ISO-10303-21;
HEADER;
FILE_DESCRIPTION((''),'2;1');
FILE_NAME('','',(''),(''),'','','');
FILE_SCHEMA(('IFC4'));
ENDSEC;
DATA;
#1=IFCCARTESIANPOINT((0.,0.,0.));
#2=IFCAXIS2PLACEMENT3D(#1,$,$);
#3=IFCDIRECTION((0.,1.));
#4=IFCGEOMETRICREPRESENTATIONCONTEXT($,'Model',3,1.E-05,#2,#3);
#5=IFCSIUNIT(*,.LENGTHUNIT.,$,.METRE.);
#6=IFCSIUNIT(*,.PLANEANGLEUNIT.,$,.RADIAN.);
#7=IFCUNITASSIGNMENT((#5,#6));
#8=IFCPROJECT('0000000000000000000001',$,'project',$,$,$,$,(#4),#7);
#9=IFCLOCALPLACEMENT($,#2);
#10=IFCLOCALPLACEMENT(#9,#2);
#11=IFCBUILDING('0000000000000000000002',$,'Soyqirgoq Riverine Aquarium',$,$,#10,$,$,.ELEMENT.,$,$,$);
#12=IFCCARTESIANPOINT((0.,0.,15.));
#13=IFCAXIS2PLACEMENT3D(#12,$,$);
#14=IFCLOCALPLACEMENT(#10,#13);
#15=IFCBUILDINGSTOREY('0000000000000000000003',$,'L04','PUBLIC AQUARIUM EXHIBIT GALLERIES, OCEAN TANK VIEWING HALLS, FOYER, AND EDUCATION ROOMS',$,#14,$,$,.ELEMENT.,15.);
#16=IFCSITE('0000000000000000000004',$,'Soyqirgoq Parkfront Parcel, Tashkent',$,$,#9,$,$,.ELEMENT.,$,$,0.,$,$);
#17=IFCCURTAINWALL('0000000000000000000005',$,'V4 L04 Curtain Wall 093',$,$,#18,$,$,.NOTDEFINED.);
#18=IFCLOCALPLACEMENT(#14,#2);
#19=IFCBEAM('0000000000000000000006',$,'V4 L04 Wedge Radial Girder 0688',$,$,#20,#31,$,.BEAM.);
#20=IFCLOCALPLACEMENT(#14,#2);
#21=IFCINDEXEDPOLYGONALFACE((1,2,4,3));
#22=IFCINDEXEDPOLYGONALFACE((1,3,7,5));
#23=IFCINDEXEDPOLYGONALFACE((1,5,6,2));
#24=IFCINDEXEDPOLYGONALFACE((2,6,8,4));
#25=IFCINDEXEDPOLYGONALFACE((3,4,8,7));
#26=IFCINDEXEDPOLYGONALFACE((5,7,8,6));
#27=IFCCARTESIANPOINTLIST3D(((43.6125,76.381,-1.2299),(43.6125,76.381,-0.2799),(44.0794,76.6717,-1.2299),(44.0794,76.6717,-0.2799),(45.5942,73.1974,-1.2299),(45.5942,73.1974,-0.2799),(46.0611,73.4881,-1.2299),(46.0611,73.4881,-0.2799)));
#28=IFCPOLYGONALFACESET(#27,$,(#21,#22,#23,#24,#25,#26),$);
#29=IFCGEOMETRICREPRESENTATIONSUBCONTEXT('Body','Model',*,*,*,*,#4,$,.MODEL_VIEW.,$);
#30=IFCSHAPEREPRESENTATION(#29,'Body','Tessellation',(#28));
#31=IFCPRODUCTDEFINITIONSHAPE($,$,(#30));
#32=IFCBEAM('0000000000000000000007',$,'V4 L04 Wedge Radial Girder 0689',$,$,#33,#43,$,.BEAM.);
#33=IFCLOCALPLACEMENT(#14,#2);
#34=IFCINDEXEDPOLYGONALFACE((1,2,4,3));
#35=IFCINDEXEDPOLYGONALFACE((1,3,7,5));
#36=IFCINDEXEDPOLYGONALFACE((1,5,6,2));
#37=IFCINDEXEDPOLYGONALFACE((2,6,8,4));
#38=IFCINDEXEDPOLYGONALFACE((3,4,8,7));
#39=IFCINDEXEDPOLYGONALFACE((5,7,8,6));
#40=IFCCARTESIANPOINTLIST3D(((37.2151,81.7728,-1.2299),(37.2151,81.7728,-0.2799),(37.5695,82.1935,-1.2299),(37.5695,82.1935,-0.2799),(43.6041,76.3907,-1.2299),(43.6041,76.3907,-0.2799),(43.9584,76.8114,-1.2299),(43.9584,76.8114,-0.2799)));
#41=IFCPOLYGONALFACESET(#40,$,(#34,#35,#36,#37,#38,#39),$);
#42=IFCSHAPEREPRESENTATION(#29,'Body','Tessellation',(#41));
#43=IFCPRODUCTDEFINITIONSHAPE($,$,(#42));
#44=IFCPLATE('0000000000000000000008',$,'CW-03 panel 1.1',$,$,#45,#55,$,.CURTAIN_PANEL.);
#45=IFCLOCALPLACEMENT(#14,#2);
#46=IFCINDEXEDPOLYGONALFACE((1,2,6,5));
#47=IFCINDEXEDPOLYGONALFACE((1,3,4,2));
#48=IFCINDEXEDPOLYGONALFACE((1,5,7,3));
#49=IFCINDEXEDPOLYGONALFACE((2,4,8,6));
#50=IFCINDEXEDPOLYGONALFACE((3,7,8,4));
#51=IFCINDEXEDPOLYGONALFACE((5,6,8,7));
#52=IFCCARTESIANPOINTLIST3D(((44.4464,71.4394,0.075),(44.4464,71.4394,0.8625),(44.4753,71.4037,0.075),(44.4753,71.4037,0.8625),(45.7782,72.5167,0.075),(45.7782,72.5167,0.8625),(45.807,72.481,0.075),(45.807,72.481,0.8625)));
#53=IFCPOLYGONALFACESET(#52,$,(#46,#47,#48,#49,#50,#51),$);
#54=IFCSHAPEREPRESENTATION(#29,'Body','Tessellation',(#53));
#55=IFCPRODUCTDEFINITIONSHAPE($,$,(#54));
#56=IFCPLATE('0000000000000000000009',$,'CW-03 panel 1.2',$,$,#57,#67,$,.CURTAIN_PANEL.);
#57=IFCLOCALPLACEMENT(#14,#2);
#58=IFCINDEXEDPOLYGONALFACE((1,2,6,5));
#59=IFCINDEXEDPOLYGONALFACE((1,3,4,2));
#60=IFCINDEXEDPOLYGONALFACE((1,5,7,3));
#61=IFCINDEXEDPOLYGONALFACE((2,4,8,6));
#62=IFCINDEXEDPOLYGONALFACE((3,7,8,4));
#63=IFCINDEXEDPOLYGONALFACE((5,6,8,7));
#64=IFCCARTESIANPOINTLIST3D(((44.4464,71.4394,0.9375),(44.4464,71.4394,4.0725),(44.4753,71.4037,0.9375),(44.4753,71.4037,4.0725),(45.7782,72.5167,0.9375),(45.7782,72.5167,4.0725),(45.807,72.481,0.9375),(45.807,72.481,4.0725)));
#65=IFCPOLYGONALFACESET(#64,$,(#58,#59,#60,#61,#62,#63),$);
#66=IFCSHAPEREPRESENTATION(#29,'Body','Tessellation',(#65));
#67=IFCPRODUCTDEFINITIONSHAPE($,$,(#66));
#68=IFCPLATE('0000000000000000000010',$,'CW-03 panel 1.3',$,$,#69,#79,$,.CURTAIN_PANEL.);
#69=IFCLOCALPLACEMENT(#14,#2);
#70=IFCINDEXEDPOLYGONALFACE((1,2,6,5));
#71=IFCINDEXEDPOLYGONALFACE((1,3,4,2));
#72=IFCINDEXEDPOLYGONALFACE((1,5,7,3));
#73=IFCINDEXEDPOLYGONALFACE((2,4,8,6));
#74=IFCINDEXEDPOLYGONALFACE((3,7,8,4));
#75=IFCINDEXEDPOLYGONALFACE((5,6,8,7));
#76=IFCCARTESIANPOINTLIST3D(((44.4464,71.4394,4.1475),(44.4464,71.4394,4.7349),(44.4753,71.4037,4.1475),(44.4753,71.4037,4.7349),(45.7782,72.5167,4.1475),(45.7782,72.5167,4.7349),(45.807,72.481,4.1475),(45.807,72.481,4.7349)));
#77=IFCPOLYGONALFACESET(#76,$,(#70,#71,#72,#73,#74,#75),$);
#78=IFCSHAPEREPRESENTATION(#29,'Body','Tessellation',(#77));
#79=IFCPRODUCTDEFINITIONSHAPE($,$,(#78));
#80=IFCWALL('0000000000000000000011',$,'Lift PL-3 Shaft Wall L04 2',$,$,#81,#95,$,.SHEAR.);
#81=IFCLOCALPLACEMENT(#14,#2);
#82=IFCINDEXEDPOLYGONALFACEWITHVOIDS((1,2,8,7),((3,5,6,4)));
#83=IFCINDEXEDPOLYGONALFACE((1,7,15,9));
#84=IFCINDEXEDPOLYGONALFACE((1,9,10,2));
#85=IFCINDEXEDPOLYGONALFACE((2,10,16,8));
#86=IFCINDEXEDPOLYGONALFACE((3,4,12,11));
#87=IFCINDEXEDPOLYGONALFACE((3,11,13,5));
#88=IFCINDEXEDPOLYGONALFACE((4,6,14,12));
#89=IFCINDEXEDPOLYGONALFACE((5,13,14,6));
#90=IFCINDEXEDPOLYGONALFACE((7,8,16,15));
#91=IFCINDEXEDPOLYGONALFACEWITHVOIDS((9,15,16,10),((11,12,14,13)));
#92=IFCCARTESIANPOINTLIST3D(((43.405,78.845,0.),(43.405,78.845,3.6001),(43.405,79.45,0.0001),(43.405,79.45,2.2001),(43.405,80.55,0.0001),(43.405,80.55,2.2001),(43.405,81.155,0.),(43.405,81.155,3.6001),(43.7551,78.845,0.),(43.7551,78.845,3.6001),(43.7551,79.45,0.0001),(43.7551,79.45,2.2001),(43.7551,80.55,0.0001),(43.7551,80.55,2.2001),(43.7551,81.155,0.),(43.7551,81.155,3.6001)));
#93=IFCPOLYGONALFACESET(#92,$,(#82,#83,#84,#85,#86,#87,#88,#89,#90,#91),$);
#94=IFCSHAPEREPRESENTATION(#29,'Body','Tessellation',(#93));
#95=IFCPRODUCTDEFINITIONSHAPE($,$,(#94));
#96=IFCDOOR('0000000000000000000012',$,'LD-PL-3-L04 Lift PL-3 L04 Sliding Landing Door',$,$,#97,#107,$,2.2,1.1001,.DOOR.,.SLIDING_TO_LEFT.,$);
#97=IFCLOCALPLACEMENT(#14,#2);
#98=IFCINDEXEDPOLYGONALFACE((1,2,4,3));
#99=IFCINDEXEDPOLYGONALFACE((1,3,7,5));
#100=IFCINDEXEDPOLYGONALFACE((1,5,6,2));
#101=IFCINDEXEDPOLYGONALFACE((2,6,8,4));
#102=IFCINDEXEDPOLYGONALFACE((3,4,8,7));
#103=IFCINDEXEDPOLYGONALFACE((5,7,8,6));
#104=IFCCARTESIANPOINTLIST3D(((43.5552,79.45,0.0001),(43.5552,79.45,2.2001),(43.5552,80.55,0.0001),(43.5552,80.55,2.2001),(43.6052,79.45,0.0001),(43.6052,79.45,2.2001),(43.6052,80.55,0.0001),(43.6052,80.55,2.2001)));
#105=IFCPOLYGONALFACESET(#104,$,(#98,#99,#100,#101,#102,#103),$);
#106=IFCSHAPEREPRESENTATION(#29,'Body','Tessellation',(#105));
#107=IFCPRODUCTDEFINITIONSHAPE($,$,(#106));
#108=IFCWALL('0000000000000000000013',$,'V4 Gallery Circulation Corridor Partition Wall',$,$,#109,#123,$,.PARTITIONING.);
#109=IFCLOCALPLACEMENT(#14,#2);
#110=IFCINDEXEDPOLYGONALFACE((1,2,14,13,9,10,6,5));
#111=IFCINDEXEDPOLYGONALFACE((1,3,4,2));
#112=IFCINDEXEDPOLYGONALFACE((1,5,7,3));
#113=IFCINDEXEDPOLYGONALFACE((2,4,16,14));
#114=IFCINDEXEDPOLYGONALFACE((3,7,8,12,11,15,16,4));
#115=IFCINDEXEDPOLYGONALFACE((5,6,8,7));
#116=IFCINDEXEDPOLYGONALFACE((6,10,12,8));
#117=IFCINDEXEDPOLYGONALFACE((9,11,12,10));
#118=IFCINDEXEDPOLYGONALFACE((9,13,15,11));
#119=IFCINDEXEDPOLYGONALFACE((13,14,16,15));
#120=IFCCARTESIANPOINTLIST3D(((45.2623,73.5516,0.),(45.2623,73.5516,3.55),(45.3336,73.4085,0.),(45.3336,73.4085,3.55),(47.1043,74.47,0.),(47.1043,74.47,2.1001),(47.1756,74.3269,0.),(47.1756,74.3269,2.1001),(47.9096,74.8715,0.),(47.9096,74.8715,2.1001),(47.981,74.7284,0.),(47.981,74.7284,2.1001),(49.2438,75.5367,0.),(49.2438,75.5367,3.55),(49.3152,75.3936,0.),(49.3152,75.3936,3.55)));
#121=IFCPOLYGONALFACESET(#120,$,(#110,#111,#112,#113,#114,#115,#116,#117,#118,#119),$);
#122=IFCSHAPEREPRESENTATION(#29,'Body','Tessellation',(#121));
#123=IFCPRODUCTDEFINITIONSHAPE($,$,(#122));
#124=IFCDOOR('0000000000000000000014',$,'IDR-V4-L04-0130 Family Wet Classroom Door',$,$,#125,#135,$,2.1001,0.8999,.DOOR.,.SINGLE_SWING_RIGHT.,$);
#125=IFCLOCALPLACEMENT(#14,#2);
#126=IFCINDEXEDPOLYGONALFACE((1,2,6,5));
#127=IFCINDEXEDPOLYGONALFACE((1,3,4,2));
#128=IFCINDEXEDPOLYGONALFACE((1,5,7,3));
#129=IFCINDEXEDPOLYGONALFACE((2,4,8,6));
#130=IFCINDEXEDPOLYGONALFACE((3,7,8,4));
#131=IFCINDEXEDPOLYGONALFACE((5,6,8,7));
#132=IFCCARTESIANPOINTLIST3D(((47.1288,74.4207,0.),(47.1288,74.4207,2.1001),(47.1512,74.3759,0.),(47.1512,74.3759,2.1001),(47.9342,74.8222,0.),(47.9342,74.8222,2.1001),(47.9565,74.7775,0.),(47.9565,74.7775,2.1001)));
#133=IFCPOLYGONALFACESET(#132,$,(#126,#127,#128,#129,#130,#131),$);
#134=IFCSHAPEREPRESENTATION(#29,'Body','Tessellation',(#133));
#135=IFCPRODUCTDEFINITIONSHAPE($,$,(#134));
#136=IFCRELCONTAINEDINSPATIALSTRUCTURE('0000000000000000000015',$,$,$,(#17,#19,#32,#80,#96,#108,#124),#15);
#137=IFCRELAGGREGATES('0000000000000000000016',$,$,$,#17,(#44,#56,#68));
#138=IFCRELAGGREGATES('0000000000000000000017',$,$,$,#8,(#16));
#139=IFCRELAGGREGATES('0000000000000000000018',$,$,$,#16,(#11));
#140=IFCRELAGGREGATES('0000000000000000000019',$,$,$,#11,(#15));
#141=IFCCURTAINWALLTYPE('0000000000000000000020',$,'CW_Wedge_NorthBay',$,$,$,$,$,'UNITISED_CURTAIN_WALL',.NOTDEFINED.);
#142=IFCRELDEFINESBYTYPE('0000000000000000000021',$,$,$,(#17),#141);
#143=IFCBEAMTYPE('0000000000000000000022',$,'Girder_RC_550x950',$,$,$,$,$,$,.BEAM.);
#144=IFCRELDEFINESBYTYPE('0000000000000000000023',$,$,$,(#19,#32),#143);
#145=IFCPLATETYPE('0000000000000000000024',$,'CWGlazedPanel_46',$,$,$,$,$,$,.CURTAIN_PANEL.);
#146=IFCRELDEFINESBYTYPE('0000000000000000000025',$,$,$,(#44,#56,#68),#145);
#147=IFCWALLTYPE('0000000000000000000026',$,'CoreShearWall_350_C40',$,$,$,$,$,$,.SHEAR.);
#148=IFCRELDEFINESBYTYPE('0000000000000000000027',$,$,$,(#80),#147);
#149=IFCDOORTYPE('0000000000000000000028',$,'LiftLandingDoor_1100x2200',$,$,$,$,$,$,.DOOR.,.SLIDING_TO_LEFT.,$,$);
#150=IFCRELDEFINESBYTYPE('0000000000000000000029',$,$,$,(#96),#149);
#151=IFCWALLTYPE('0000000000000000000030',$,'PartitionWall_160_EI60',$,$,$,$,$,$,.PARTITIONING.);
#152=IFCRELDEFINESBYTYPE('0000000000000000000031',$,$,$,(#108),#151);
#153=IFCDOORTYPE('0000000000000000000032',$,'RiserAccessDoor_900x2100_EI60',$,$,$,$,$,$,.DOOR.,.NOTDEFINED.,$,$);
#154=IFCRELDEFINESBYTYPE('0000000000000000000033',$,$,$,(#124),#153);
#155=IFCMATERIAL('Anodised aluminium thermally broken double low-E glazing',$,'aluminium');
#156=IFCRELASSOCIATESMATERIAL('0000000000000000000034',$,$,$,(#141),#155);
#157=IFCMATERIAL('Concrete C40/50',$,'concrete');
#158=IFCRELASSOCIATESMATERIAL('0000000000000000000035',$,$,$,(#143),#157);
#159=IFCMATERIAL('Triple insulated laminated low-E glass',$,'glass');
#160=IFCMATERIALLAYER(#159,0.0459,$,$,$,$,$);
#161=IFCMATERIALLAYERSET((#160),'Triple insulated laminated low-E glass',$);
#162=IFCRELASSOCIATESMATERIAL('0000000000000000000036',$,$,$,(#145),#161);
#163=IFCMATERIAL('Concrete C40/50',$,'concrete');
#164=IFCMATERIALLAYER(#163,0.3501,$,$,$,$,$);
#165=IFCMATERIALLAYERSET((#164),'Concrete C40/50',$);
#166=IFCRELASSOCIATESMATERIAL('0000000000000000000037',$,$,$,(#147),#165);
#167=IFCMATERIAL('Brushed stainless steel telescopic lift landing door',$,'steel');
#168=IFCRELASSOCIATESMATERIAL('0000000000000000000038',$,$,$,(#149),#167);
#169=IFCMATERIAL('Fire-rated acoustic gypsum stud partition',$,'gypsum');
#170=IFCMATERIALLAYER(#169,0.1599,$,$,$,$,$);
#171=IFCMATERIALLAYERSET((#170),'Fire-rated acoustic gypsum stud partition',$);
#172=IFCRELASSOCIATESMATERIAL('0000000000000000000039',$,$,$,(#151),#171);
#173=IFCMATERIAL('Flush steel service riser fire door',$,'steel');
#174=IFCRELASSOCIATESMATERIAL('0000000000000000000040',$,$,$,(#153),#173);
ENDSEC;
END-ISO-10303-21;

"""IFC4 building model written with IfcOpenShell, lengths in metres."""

from ifc_helpers import new_model, si_unit, direction, frame, frame_2d, origin, origin_2d, place, context, subcontext, project, spatial, rectangle, extrude, material, layer, layer_set, material_profile, profile_set, type_object, element, fill, aggregate, save


model = new_model("IFC4")

# Units and contexts
model_context = context("Model", 3, precision=1e-05, world=origin(), true_north=direction((0.0, 1.0)))
body_context = subcontext(model_context, "Body", "Model", "MODEL_VIEW")
ifc_project = project(units=[si_unit("LENGTHUNIT", "METRE"), si_unit("PLANEANGLEUNIT", "RADIAN")], contexts=[model_context])

# Site, building, storey
site_placement = place(None, origin())
site = spatial("IfcSite", under=ifc_project, at=site_placement, Name="Soyqirgoq Parkfront Parcel, Tashkent", CompositionType="ELEMENT", RefElevation=0.0)
building_placement = place(site_placement, origin())
building = spatial("IfcBuilding", under=site, at=building_placement, Name="Soyqirgoq Riverine Aquarium", CompositionType="ELEMENT")
storey_placement = place(building_placement, frame((0.0, 0.0, 15.0)))
storey = spatial("IfcBuildingStorey", under=building, at=storey_placement, Name="L04", Description="PUBLIC AQUARIUM EXHIBIT GALLERIES, OCEAN TANK VIEWING HALLS, FOYER, AND EDUCATION ROOMS", CompositionType="ELEMENT", Elevation=15.0)

# Curtain wall
ifc_material_1 = material(Name="Anodised aluminium thermally broken double low-E glazing", Category="aluminium")
curtain_wall_type = type_object("IfcCurtainWallType", Name="CW_Wedge_NorthBay", ElementType="UNITISED_CURTAIN_WALL", PredefinedType="NOTDEFINED", material=ifc_material_1)
curtain_wall_placement = place(storey_placement, origin())
curtain_wall = element("IfcCurtainWall", 1, at=curtain_wall_placement, inside=storey, type_object=curtain_wall_type, Name="V4 L04 Curtain Wall 093", PredefinedType="NOTDEFINED")

# Beams
ifc_material_2 = material(Name="Concrete C40/50", Category="concrete")
ifc_material_profile_1 = material_profile(ifc_material_2, rectangle(XDim=0.55, YDim=0.95, at=origin_2d()), Name="RC 550x950")
ifc_profile_set_1 = profile_set([ifc_material_profile_1], Name="Concrete C40/50")
beam_type_1 = type_object("IfcBeamType", Name="Girder_RC_550x950", PredefinedType="BEAM", material=ifc_profile_set_1)
beam_1_placement = place(storey_placement, frame((45.8276, 73.3428, -0.7549), z_axis=(-0.528453, 0.848962, 0.0), x_axis=(-0.848962, -0.528453, 0.0)))
element("IfcBeam", 2, at=beam_1_placement, inside=storey, type_object=beam_type_1, Name="V4 L04 Wedge Radial Girder 0688", PredefinedType="BEAM", context=body_context, shape_type="SweptSolid", body=[
    extrude(rectangle(XDim=0.55, YDim=0.95, at=origin_2d()), origin(), (0.0, 0.0, 1.0), 3.75),
])
beam_2_placement = place(storey_placement, frame((43.7812, 76.6011, -0.7549), z_axis=(-0.764797, 0.644272, 0.0), x_axis=(-0.644272, -0.764797, 0.0)))
element("IfcBeam", 3, at=beam_2_placement, inside=storey, type_object=beam_type_1, Name="V4 L04 Wedge Radial Girder 0689", PredefinedType="BEAM", context=body_context, shape_type="SweptSolid", body=[
    extrude(rectangle(XDim=0.55, YDim=0.95, at=origin_2d()), origin(), (0.0, 0.0, 1.0), 8.3538),
])

# Plates
ifc_material_3 = material(Name="Triple insulated laminated low-E glass", Category="glass")
ifc_layer_1 = layer(ifc_material_3, 0.0459)
ifc_layer_set_1 = layer_set([ifc_layer_1], Name="Triple insulated laminated low-E glass")
plate_type = type_object("IfcPlateType", Name="CWGlazedPanel_46", PredefinedType="CURTAIN_PANEL", material=ifc_layer_set_1)
plate_1_placement = place(storey_placement, frame((45.1267, 71.9602, 0.075), z_axis=(0.0, 0.0, 1.0), x_axis=(-0.777491, -0.628894, 0.0)))
plate_1 = element("IfcPlate", 4, at=plate_1_placement, type_object=plate_type, Name="CW-03 panel 1.1", PredefinedType="CURTAIN_PANEL", context=body_context, shape_type="SweptSolid", body=[
    extrude(rectangle(XDim=1.7129, YDim=0.0459, at=origin_2d()), origin(), (0.0, 0.0, 1.0), 0.7876),
])
plate_2_placement = place(storey_placement, frame((45.1267, 71.9602, 0.9375), z_axis=(0.0, 0.0, 1.0), x_axis=(-0.777491, -0.628894, 0.0)))
plate_2 = element("IfcPlate", 5, at=plate_2_placement, type_object=plate_type, Name="CW-03 panel 1.2", PredefinedType="CURTAIN_PANEL", context=body_context, shape_type="SweptSolid", body=[
    extrude(rectangle(XDim=1.7129, YDim=0.0459, at=origin_2d()), origin(), (0.0, 0.0, 1.0), 3.135),
])
plate_3_placement = place(storey_placement, frame((45.1267, 71.9602, 4.1475), z_axis=(0.0, 0.0, 1.0), x_axis=(-0.777491, -0.628894, 0.0)))
plate_3 = element("IfcPlate", 6, at=plate_3_placement, type_object=plate_type, Name="CW-03 panel 1.3", PredefinedType="CURTAIN_PANEL", context=body_context, shape_type="SweptSolid", body=[
    extrude(rectangle(XDim=1.7129, YDim=0.0459, at=origin_2d()), origin(), (0.0, 0.0, 1.0), 0.5874),
])
aggregate(curtain_wall, [plate_1, plate_2, plate_3])

# Walls, openings, doors
ifc_material_4 = material(Name="Concrete C40/50", Category="concrete")
ifc_layer_2 = layer(ifc_material_4, 0.3501)
ifc_layer_set_2 = layer_set([ifc_layer_2], Name="Concrete C40/50")
wall_type_1 = type_object("IfcWallType", Name="CoreShearWall_350_C40", PredefinedType="SHEAR", material=ifc_layer_set_2)
wall_1_placement = place(storey_placement, frame((43.5801, 78.845, 0.0), z_axis=(0.0, 0.0, 1.0), x_axis=(0.0, 1.0, 0.0)))
wall_1 = element("IfcWall", 7, at=wall_1_placement, inside=storey, type_object=wall_type_1, Name="Lift PL-3 Shaft Wall L04 2", PredefinedType="SHEAR", context=body_context, shape_type="SweptSolid", body=[
    extrude(rectangle(XDim=2.3101, YDim=0.3501, at=frame_2d((1.155, 0.0))), origin(), (0.0, 0.0, 1.0), 3.6001),
])
opening_1_placement = place(wall_1_placement, frame((0.605, 0.0, 0.0)))
opening_1 = element("IfcOpeningElement", 8, at=opening_1_placement, cuts=wall_1, PredefinedType="OPENING", context=body_context, shape_type="SweptSolid", body=[
    extrude(rectangle(XDim=1.1001, YDim=2.2, at=frame_2d((0.55, 1.1001))), frame((0.0, 0.1851, 0.0), z_axis=(0.0, -1.0, 0.0), x_axis=(1.0, 0.0, 0.0)), (0.0, 0.0, 1.0), 0.3701),
])
ifc_material_5 = material(Name="Brushed stainless steel telescopic lift landing door", Category="steel")
door_type_1 = type_object("IfcDoorType", Name="LiftLandingDoor_1100x2200", OperationType="SLIDING_TO_LEFT", PredefinedType="DOOR", material=ifc_material_5)
door_1_placement = place(opening_1_placement, origin())
door_1 = element("IfcDoor", 9, at=door_1_placement, inside=storey, type_object=door_type_1, Name="LD-PL-3-L04 Lift PL-3 L04 Sliding Landing Door", OperationType="SLIDING_TO_LEFT", OverallHeight=2.2, OverallWidth=1.1001, PredefinedType="DOOR", context=body_context, shape_type="SweptSolid", body=[
    extrude(rectangle(XDim=1.1001, YDim=2.2, at=frame_2d((0.55, 1.1001))), frame((0.0, 0.0249, 0.0), z_axis=(0.0, -1.0, 0.0), x_axis=(1.0, 0.0, 0.0)), (0.0, 0.0, 1.0), 0.05),
])
fill(opening_1, door_1)
ifc_material_6 = material(Name="Fire-rated acoustic gypsum stud partition", Category="gypsum")
ifc_layer_3 = layer(ifc_material_6, 0.1599)
ifc_layer_set_3 = layer_set([ifc_layer_3], Name="Fire-rated acoustic gypsum stud partition")
wall_type_2 = type_object("IfcWallType", Name="PartitionWall_160_EI60", PredefinedType="PARTITIONING", material=ifc_layer_set_3)
wall_2_placement = place(storey_placement, frame((45.2979, 73.48, 0.0), z_axis=(0.0, 0.0, 1.0), x_axis=(0.894931, 0.446204, 0.0)))
wall_2 = element("IfcWall", 10, at=wall_2_placement, inside=storey, type_object=wall_type_2, Name="V4 Gallery Circulation Corridor Partition Wall", PredefinedType="PARTITIONING", context=body_context, shape_type="SweptSolid", body=[
    extrude(rectangle(XDim=4.449, YDim=0.1599, at=frame_2d((2.2246, 0.0))), origin(), (0.0, 0.0, 1.0), 3.55),
])
opening_2_placement = place(wall_2_placement, frame((2.0583, 0.0, 0.0)))
opening_2 = element("IfcOpeningElement", 11, at=opening_2_placement, cuts=wall_2, PredefinedType="OPENING", context=body_context, shape_type="SweptSolid", body=[
    extrude(rectangle(XDim=0.8999, YDim=2.1001, at=frame_2d((0.45, 1.05))), frame((0.0, 0.0898, 0.0), z_axis=(0.0, -1.0, 0.0), x_axis=(1.0, 0.0, 0.0)), (0.0, 0.0, 1.0), 0.1799),
])
ifc_material_7 = material(Name="Flush steel service riser fire door", Category="steel")
door_type_2 = type_object("IfcDoorType", Name="RiserAccessDoor_900x2100_EI60", OperationType="NOTDEFINED", PredefinedType="DOOR", material=ifc_material_7)
door_2_placement = place(opening_2_placement, origin())
door_2 = element("IfcDoor", 12, at=door_2_placement, inside=storey, type_object=door_type_2, Name="IDR-V4-L04-0130 Family Wet Classroom Door", OperationType="SINGLE_SWING_RIGHT", OverallHeight=2.1001, OverallWidth=0.8999, PredefinedType="DOOR", context=body_context, shape_type="SweptSolid", body=[
    extrude(rectangle(XDim=0.8999, YDim=2.1001, at=frame_2d((0.45, 1.05))), frame((0.0, 0.0249, 0.0), z_axis=(0.0, -1.0, 0.0), x_axis=(1.0, 0.0, 0.0)), (0.0, 0.0, 1.0), 0.05),
])
fill(opening_2, door_2)

save(model, "model.ifc")
